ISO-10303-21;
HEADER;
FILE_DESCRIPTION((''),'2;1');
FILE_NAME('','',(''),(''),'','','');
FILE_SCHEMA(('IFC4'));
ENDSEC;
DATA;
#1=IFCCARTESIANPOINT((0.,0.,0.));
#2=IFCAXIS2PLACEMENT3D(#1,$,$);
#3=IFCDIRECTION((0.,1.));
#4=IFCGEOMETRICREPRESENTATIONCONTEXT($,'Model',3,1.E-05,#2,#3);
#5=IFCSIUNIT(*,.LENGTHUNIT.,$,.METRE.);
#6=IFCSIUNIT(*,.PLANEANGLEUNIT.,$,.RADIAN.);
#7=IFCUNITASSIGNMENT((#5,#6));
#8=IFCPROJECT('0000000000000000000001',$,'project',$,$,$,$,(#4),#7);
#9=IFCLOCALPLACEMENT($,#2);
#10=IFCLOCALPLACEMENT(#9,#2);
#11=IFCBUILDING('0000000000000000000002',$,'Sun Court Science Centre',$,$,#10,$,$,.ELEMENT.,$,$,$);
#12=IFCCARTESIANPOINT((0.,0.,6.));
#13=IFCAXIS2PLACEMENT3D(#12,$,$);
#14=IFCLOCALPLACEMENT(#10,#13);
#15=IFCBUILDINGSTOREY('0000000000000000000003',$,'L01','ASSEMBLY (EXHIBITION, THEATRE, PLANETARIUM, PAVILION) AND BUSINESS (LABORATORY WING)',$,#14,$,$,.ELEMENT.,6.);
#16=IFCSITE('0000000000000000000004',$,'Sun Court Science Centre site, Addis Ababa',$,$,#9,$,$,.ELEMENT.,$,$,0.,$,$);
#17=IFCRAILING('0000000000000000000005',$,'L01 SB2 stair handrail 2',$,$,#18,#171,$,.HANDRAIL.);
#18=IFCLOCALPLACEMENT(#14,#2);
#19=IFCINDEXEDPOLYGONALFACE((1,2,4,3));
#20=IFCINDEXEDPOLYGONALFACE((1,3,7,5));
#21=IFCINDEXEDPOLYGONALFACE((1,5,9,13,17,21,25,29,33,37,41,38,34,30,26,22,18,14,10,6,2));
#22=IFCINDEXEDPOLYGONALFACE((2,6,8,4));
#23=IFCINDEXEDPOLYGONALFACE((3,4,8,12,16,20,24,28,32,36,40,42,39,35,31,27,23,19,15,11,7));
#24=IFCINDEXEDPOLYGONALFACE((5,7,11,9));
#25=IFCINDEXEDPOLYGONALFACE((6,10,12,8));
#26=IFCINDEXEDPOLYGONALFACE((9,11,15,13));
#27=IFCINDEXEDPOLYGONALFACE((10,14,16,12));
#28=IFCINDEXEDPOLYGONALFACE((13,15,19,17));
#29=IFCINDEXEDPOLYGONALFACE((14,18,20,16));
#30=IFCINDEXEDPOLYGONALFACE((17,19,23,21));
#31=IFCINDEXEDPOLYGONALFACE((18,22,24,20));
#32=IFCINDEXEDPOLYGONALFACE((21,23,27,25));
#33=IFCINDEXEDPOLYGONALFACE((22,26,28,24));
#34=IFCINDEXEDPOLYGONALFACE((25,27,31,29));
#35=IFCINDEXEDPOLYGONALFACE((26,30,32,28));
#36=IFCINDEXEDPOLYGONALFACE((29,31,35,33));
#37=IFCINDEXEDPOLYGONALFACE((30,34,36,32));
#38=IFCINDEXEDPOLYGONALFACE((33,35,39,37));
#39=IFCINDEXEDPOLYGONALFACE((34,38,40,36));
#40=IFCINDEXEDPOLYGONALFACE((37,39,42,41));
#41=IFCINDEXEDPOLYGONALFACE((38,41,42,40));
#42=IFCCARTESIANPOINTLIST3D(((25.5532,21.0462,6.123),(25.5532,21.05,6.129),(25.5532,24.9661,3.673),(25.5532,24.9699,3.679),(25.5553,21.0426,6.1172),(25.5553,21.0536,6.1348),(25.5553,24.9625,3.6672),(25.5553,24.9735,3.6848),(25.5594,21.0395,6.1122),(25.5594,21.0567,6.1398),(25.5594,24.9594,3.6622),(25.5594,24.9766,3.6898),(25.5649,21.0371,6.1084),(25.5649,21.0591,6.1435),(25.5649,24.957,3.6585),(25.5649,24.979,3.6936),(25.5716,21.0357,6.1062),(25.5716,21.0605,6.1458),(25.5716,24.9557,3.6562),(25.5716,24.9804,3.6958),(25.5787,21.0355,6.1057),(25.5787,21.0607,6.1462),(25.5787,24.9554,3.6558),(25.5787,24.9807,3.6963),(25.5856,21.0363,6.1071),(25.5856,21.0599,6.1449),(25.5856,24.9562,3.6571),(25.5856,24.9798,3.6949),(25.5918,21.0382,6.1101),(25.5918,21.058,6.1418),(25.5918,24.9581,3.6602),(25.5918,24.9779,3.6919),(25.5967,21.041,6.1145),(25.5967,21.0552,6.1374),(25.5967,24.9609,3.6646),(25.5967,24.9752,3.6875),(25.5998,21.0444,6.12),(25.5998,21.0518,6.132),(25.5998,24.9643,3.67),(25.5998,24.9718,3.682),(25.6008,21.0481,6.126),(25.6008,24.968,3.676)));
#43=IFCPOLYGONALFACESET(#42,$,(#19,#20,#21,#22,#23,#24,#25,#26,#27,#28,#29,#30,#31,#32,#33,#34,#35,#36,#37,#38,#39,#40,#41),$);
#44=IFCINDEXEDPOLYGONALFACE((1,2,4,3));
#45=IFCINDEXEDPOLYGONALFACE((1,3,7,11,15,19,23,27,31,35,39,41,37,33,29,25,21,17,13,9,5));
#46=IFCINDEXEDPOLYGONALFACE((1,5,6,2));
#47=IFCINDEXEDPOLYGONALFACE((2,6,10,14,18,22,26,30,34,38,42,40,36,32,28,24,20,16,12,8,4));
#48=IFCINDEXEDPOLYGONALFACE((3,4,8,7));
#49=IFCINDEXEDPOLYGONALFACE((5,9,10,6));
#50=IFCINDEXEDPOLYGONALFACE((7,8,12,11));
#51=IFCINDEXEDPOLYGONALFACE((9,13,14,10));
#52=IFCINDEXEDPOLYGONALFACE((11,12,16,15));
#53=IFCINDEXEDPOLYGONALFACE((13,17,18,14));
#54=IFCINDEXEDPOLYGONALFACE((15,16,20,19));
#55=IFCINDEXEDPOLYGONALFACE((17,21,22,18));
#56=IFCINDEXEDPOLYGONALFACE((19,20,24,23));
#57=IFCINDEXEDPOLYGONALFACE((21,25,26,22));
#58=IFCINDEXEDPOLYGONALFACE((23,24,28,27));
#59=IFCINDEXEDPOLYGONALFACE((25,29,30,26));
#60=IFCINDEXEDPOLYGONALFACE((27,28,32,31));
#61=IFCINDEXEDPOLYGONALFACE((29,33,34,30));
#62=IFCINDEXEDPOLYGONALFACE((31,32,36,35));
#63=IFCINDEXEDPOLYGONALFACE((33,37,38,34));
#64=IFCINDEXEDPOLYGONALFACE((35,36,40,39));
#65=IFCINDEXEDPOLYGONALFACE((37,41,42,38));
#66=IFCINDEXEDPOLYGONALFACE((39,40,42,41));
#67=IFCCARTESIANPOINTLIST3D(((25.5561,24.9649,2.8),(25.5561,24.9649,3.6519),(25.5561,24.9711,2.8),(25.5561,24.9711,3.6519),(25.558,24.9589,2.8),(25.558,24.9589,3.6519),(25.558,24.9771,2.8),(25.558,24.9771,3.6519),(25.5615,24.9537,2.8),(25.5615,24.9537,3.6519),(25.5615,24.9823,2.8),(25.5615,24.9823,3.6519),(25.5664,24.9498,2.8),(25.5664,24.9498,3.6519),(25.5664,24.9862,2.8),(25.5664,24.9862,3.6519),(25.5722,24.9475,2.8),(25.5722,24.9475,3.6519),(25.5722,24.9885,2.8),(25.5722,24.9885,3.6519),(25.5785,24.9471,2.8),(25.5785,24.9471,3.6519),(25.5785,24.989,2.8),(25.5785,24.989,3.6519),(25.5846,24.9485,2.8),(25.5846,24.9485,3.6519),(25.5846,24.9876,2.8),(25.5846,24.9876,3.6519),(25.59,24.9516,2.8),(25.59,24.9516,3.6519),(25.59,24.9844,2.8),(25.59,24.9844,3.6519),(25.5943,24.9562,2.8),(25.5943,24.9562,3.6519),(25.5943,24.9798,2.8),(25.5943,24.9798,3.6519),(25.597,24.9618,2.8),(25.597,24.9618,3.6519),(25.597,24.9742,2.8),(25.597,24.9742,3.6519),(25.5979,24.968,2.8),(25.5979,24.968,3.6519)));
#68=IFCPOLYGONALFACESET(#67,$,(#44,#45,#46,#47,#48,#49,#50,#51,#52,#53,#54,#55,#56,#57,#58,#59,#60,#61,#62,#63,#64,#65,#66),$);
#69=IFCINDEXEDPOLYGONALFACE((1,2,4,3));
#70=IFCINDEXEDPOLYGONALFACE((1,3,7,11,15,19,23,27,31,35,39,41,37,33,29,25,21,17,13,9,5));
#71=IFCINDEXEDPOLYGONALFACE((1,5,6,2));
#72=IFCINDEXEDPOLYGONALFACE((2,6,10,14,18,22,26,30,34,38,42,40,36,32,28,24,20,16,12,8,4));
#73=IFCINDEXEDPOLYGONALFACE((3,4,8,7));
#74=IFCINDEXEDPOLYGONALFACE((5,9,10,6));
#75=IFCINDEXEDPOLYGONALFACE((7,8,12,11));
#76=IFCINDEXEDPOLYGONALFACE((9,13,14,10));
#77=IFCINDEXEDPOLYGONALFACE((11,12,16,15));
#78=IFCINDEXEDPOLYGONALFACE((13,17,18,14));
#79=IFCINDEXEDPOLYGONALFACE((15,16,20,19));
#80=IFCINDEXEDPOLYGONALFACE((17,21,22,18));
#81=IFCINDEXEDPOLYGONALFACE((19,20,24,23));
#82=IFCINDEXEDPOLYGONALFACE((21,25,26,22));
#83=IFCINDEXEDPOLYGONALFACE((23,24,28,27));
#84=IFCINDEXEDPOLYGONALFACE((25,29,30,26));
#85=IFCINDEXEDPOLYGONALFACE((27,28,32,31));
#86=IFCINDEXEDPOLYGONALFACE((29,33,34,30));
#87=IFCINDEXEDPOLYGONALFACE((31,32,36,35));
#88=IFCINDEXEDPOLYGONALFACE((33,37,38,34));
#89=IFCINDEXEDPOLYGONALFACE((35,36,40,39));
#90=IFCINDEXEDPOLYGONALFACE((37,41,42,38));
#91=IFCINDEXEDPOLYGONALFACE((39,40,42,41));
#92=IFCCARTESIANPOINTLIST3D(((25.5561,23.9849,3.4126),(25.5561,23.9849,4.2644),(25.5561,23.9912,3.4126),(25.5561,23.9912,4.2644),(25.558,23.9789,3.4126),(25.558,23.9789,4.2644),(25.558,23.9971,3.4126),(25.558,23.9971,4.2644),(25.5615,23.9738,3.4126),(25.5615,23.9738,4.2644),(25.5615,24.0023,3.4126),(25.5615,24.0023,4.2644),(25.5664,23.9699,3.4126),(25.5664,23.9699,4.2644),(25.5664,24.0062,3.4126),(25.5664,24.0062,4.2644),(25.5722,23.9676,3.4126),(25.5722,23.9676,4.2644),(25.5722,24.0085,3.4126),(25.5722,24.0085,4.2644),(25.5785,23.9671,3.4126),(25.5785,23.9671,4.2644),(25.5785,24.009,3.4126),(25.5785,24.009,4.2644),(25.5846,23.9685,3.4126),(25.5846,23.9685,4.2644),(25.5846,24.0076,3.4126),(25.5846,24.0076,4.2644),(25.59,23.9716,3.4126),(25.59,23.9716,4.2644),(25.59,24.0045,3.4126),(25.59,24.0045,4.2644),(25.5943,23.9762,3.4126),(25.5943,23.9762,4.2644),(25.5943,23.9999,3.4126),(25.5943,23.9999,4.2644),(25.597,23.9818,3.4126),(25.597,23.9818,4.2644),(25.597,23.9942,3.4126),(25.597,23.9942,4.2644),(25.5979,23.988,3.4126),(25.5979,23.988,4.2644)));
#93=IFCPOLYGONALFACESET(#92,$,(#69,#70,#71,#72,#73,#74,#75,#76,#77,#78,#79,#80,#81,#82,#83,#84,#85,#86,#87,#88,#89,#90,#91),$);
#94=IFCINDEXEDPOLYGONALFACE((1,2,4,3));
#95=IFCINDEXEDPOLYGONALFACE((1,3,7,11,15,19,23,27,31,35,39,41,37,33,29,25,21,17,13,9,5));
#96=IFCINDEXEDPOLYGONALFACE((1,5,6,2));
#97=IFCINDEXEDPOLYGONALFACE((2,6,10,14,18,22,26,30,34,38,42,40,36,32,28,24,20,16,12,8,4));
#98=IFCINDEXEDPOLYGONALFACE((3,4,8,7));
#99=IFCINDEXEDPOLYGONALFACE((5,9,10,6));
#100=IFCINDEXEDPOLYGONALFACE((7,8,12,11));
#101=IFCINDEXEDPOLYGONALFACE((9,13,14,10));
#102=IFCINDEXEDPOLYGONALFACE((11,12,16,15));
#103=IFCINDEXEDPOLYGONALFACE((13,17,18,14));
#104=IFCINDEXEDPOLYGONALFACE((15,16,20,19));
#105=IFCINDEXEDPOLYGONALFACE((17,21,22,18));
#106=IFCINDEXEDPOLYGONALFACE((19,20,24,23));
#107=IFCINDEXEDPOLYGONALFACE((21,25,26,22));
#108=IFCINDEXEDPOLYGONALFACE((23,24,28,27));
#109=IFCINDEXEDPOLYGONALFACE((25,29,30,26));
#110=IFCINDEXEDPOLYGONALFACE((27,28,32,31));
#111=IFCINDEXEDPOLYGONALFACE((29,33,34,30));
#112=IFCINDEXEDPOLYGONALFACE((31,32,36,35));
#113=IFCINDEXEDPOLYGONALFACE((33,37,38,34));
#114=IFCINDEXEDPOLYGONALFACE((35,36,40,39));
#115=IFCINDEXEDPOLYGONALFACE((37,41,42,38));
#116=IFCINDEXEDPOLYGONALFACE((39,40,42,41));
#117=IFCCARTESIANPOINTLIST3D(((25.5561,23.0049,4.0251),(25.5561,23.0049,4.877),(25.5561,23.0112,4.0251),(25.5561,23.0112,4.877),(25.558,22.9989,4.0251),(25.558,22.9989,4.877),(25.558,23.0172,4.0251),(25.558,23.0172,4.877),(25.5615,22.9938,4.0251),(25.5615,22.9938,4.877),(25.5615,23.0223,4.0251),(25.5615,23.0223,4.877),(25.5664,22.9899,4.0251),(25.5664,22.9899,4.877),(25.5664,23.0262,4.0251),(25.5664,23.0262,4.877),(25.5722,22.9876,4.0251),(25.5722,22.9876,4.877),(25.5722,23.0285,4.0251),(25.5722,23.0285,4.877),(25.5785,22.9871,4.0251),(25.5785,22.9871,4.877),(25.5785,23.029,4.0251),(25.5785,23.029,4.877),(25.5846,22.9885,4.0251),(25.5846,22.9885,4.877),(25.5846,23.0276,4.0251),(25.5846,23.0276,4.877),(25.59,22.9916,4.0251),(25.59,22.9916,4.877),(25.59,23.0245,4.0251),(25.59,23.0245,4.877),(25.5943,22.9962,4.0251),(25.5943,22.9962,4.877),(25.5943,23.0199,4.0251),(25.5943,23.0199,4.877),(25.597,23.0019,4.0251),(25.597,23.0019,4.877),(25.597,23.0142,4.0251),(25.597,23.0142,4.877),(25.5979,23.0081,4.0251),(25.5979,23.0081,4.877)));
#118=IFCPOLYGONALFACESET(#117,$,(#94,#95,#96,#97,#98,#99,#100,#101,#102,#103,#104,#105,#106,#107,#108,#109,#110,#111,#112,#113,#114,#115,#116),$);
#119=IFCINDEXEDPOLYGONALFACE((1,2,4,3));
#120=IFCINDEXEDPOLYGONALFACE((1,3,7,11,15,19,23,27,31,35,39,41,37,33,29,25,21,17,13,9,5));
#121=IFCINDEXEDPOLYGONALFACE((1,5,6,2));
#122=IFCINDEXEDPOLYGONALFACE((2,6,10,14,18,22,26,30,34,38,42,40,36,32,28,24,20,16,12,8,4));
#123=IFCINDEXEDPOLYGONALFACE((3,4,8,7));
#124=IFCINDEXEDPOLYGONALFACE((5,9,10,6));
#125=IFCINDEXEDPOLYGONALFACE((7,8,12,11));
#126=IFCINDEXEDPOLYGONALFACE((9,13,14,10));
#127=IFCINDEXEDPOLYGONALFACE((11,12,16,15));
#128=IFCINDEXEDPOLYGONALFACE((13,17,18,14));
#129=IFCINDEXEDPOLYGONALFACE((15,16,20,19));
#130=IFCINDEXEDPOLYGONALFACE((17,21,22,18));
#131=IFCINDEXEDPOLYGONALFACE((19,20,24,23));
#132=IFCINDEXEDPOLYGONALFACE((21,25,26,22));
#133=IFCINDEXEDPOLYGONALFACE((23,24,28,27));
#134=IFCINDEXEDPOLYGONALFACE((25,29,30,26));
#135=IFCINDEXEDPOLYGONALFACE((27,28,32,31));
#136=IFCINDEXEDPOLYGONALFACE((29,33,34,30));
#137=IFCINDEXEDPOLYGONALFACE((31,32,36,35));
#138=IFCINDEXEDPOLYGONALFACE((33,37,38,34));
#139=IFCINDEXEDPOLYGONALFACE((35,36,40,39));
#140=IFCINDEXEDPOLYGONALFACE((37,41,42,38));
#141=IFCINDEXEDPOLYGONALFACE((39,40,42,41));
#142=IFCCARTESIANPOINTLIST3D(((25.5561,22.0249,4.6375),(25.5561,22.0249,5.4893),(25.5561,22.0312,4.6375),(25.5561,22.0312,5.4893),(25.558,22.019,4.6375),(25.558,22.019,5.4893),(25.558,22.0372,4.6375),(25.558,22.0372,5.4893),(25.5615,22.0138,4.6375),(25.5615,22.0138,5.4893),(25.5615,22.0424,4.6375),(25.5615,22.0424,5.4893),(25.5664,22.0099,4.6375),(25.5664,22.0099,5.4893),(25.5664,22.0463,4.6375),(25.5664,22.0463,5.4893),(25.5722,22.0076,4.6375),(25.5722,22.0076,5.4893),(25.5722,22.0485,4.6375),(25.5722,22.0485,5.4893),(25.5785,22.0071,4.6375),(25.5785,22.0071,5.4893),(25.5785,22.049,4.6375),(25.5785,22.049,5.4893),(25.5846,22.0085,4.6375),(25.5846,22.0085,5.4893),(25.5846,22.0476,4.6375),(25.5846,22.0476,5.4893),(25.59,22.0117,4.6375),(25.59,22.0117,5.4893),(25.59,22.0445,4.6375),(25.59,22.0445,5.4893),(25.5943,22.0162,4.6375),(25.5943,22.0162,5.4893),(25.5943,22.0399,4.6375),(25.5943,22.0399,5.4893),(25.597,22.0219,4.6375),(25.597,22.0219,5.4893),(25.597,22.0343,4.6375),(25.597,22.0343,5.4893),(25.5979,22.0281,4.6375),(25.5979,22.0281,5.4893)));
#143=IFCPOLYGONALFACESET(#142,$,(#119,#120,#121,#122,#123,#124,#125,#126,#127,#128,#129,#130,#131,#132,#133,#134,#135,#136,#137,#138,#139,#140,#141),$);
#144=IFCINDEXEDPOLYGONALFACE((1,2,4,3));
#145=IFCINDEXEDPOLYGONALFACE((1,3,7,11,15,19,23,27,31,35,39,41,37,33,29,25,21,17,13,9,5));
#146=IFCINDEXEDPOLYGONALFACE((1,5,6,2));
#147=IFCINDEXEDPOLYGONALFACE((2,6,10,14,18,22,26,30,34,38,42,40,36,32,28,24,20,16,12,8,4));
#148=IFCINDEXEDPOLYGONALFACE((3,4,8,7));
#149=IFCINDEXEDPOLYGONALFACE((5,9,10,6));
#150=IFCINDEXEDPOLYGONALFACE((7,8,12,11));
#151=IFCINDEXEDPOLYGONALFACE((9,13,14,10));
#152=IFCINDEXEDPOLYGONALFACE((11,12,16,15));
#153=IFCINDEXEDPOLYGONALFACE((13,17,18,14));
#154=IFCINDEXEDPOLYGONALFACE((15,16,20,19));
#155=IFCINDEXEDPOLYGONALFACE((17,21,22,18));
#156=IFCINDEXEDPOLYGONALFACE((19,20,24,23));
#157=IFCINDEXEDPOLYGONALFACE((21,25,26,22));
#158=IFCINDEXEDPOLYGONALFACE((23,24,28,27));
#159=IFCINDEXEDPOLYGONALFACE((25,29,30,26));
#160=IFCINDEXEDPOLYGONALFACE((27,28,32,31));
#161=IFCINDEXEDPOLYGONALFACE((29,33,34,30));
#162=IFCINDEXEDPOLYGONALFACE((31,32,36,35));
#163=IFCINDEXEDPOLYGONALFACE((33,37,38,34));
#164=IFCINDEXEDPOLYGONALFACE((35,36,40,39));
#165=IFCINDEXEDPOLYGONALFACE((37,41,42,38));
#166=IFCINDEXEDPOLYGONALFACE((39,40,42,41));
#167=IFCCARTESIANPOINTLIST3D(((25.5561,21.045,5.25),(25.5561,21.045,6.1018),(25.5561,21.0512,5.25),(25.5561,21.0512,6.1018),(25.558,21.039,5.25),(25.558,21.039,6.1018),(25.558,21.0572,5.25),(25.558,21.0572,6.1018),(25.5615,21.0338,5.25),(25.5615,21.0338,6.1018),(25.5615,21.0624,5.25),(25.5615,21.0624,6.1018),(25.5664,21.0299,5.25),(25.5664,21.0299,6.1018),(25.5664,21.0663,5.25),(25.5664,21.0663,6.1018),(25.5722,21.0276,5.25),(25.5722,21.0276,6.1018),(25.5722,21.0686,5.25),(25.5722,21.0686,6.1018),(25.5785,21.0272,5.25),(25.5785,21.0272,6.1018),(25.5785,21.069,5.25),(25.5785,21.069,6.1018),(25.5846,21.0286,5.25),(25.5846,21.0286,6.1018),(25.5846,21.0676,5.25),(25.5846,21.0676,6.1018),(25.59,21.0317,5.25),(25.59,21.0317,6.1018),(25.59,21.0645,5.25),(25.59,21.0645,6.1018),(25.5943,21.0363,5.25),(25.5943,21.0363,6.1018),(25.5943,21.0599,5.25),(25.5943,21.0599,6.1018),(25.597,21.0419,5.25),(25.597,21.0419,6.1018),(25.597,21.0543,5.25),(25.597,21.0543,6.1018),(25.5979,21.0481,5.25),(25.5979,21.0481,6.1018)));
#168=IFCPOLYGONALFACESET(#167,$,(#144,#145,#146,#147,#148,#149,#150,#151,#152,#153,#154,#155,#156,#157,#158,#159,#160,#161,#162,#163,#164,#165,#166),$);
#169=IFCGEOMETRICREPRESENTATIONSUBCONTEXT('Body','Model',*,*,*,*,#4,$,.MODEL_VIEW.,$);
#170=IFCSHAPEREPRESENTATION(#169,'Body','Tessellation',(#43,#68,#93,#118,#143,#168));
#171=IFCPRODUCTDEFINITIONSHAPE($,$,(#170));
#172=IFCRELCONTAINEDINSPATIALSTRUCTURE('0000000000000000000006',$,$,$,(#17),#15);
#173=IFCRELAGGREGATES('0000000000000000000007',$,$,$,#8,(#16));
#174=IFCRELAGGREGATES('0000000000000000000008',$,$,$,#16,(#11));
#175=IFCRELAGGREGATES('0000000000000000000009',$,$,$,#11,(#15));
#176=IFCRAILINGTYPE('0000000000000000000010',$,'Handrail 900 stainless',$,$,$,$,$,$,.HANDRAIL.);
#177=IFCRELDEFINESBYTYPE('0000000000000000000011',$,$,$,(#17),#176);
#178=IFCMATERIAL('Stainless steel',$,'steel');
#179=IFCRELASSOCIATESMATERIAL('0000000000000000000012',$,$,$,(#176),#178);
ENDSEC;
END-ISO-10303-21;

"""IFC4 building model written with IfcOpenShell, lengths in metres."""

from ifc_helpers import new_model, si_unit, direction, frame, origin, origin_2d, place, context, subcontext, project, spatial, circle, extrude, material, type_object, element, save


model = new_model("IFC4")

# Units and contexts
model_context = context("Model", 3, precision=1e-05, world=origin(), true_north=direction((0.0, 1.0)))
body_context = subcontext(model_context, "Body", "Model", "MODEL_VIEW")
ifc_project = project(units=[si_unit("LENGTHUNIT", "METRE"), si_unit("PLANEANGLEUNIT", "RADIAN")], contexts=[model_context])

# Site, building, storey
site_placement = place(None, origin())
site = spatial("IfcSite", under=ifc_project, at=site_placement, Name="Sun Court Science Centre site, Addis Ababa", CompositionType="ELEMENT", RefElevation=0.0)
building_placement = place(site_placement, origin())
building = spatial("IfcBuilding", under=site, at=building_placement, Name="Sun Court Science Centre", CompositionType="ELEMENT")
storey_placement = place(building_placement, frame((0.0, 0.0, 6.0)))
storey = spatial("IfcBuildingStorey", under=building, at=storey_placement, Name="L01", Description="ASSEMBLY (EXHIBITION, THEATRE, PLANETARIUM, PAVILION) AND BUSINESS (LABORATORY WING)", CompositionType="ELEMENT", Elevation=6.0)

# Railing
ifc_material_1 = material(Name="Stainless steel", Category="steel")
railing_type_1 = type_object("IfcRailingType", Name="Handrail 900 stainless", PredefinedType="HANDRAIL", material=ifc_material_1)
railing_1_placement = place(storey_placement, frame((25.5769, 24.968, 2.8)))
element("IfcRailing", 1, at=railing_1_placement, inside=storey, type_object=railing_type_1, Name="L01 SB2 stair handrail 2", PredefinedType="HANDRAIL", context=body_context, shape_type="SweptSolid", body=[
    extrude(circle(Radius=0.0239, at=origin_2d()), frame((0.0, 0.0, 0.876), z_axis=(0.0, -0.847998, 0.529999), x_axis=(1.0, 0.0, 0.0)), (0.0, 0.0, 1.0), 4.6226),
    extrude(circle(Radius=0.021, at=origin_2d()), origin(), (0.0, 0.0, 1.0), 0.8518),
    extrude(circle(Radius=0.021, at=origin_2d()), frame((0.0, -0.98, 0.6125)), (0.0, 0.0, 1.0), 0.8518),
    extrude(circle(Radius=0.021, at=origin_2d()), frame((0.0, -1.96, 1.2251)), (0.0, 0.0, 1.0), 0.8518),
    extrude(circle(Radius=0.021, at=origin_2d()), frame((0.0, -2.9399, 1.8374)), (0.0, 0.0, 1.0), 0.8518),
    extrude(circle(Radius=0.021, at=origin_2d()), frame((0.0, -3.9199, 2.45)), (0.0, 0.0, 1.0), 0.8518),
])

save(model, "model.ifc")
